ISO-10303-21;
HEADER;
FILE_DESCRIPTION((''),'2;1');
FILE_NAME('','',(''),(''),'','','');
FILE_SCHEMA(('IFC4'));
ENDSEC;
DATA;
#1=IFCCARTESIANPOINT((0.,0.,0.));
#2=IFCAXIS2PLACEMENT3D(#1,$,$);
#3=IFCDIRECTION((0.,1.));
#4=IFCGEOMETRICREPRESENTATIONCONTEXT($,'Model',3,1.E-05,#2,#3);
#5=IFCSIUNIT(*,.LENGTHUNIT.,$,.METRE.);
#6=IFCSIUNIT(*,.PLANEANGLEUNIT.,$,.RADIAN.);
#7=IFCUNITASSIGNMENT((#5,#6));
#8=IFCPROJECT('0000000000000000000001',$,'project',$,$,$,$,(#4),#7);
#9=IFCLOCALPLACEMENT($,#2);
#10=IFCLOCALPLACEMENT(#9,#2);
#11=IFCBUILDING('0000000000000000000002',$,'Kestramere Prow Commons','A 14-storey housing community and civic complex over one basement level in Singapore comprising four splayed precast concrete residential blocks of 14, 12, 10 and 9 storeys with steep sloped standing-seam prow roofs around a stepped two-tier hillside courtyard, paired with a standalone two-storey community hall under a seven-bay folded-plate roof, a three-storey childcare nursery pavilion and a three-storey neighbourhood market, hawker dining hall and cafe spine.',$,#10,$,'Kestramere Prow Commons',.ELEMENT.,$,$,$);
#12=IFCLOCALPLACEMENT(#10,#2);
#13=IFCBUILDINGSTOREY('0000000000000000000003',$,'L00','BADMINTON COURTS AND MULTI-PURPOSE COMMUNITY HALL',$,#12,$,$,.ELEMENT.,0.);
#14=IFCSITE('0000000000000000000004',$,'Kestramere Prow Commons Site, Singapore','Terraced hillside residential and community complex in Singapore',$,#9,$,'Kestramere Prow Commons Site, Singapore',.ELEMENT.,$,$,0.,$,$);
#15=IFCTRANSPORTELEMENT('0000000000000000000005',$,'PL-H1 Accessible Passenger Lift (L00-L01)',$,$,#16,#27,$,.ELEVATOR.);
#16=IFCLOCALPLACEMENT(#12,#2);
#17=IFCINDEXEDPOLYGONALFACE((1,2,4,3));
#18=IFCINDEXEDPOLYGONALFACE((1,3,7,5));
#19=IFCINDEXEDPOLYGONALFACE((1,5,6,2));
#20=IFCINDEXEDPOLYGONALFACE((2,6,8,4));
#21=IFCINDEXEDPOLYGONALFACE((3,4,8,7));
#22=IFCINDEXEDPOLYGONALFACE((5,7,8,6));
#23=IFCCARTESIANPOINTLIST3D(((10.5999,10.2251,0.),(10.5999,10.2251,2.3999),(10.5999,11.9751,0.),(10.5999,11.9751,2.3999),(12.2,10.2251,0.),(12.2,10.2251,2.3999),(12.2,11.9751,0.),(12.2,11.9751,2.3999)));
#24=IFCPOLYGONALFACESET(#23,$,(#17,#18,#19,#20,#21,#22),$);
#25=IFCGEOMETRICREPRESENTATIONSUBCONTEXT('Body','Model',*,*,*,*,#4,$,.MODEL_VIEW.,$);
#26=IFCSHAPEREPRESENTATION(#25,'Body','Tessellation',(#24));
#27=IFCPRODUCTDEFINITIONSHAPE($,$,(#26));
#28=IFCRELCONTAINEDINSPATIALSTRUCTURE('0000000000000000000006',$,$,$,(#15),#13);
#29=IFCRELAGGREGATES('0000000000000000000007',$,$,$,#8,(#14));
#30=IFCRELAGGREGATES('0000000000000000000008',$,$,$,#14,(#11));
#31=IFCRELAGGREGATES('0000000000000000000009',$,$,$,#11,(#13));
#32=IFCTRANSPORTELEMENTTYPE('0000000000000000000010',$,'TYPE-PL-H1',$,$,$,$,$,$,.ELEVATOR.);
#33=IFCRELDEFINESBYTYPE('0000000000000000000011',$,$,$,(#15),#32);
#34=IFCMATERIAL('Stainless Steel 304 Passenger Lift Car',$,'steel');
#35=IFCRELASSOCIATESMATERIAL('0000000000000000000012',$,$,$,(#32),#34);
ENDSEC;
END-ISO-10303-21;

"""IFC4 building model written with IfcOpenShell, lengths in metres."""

from ifc_helpers import new_model, si_unit, direction, frame, origin, origin_2d, place, context, subcontext, project, spatial, rectangle, extrude, material, type_object, element, save


model = new_model("IFC4")

# Units and contexts
model_context = context("Model", 3, precision=1e-05, world=origin(), true_north=direction((0.0, 1.0)))
body_context = subcontext(model_context, "Body", "Model", "MODEL_VIEW")
ifc_project = project(units=[si_unit("LENGTHUNIT", "METRE"), si_unit("PLANEANGLEUNIT", "RADIAN")], contexts=[model_context])

# Site, building, storey
site_placement = place(None, origin())
site = spatial("IfcSite", under=ifc_project, at=site_placement, Name="Kestramere Prow Commons Site, Singapore", Description="Terraced hillside residential and community complex in Singapore", LongName="Kestramere Prow Commons Site, Singapore", CompositionType="ELEMENT", RefElevation=0.0)
building_placement = place(site_placement, origin())
building = spatial("IfcBuilding", under=site, at=building_placement, Name="Kestramere Prow Commons", Description="A 14-storey housing community and civic complex over one basement level in Singapore comprising four splayed precast concrete residential blocks of 14, 12, 10 and 9 storeys with steep sloped standing-seam prow roofs around a stepped two-tier hillside courtyard, paired with a standalone two-storey community hall under a seven-bay folded-plate roof, a three-storey childcare nursery pavilion and a three-storey neighbourhood market, hawker dining hall and cafe spine.", LongName="Kestramere Prow Commons", CompositionType="ELEMENT")
storey_placement = place(building_placement, origin())
storey = spatial("IfcBuildingStorey", under=building, at=storey_placement, Name="L00", Description="BADMINTON COURTS AND MULTI-PURPOSE COMMUNITY HALL", CompositionType="ELEMENT", Elevation=0.0)

# Transport element
ifc_material_1 = material(Name="Stainless Steel 304 Passenger Lift Car", Category="steel")
transport_element_type = type_object("IfcTransportElementType", Name="TYPE-PL-H1", PredefinedType="ELEVATOR", material=ifc_material_1)
transport_element_placement = place(storey_placement, frame((11.3999, 11.1001, 0.0), z_axis=(0.0, 0.0, 1.0), x_axis=(1.0, 0.0, 0.0)))
element("IfcTransportElement", 1, at=transport_element_placement, inside=storey, type_object=transport_element_type, Name="PL-H1 Accessible Passenger Lift (L00-L01)", PredefinedType="ELEVATOR", context=body_context, shape_type="SweptSolid", body=[
    extrude(rectangle(XDim=1.6001, YDim=1.75, at=origin_2d()), origin(), (0.0, 0.0, 1.0), 2.3999),
])

save(model, "model.ifc")
